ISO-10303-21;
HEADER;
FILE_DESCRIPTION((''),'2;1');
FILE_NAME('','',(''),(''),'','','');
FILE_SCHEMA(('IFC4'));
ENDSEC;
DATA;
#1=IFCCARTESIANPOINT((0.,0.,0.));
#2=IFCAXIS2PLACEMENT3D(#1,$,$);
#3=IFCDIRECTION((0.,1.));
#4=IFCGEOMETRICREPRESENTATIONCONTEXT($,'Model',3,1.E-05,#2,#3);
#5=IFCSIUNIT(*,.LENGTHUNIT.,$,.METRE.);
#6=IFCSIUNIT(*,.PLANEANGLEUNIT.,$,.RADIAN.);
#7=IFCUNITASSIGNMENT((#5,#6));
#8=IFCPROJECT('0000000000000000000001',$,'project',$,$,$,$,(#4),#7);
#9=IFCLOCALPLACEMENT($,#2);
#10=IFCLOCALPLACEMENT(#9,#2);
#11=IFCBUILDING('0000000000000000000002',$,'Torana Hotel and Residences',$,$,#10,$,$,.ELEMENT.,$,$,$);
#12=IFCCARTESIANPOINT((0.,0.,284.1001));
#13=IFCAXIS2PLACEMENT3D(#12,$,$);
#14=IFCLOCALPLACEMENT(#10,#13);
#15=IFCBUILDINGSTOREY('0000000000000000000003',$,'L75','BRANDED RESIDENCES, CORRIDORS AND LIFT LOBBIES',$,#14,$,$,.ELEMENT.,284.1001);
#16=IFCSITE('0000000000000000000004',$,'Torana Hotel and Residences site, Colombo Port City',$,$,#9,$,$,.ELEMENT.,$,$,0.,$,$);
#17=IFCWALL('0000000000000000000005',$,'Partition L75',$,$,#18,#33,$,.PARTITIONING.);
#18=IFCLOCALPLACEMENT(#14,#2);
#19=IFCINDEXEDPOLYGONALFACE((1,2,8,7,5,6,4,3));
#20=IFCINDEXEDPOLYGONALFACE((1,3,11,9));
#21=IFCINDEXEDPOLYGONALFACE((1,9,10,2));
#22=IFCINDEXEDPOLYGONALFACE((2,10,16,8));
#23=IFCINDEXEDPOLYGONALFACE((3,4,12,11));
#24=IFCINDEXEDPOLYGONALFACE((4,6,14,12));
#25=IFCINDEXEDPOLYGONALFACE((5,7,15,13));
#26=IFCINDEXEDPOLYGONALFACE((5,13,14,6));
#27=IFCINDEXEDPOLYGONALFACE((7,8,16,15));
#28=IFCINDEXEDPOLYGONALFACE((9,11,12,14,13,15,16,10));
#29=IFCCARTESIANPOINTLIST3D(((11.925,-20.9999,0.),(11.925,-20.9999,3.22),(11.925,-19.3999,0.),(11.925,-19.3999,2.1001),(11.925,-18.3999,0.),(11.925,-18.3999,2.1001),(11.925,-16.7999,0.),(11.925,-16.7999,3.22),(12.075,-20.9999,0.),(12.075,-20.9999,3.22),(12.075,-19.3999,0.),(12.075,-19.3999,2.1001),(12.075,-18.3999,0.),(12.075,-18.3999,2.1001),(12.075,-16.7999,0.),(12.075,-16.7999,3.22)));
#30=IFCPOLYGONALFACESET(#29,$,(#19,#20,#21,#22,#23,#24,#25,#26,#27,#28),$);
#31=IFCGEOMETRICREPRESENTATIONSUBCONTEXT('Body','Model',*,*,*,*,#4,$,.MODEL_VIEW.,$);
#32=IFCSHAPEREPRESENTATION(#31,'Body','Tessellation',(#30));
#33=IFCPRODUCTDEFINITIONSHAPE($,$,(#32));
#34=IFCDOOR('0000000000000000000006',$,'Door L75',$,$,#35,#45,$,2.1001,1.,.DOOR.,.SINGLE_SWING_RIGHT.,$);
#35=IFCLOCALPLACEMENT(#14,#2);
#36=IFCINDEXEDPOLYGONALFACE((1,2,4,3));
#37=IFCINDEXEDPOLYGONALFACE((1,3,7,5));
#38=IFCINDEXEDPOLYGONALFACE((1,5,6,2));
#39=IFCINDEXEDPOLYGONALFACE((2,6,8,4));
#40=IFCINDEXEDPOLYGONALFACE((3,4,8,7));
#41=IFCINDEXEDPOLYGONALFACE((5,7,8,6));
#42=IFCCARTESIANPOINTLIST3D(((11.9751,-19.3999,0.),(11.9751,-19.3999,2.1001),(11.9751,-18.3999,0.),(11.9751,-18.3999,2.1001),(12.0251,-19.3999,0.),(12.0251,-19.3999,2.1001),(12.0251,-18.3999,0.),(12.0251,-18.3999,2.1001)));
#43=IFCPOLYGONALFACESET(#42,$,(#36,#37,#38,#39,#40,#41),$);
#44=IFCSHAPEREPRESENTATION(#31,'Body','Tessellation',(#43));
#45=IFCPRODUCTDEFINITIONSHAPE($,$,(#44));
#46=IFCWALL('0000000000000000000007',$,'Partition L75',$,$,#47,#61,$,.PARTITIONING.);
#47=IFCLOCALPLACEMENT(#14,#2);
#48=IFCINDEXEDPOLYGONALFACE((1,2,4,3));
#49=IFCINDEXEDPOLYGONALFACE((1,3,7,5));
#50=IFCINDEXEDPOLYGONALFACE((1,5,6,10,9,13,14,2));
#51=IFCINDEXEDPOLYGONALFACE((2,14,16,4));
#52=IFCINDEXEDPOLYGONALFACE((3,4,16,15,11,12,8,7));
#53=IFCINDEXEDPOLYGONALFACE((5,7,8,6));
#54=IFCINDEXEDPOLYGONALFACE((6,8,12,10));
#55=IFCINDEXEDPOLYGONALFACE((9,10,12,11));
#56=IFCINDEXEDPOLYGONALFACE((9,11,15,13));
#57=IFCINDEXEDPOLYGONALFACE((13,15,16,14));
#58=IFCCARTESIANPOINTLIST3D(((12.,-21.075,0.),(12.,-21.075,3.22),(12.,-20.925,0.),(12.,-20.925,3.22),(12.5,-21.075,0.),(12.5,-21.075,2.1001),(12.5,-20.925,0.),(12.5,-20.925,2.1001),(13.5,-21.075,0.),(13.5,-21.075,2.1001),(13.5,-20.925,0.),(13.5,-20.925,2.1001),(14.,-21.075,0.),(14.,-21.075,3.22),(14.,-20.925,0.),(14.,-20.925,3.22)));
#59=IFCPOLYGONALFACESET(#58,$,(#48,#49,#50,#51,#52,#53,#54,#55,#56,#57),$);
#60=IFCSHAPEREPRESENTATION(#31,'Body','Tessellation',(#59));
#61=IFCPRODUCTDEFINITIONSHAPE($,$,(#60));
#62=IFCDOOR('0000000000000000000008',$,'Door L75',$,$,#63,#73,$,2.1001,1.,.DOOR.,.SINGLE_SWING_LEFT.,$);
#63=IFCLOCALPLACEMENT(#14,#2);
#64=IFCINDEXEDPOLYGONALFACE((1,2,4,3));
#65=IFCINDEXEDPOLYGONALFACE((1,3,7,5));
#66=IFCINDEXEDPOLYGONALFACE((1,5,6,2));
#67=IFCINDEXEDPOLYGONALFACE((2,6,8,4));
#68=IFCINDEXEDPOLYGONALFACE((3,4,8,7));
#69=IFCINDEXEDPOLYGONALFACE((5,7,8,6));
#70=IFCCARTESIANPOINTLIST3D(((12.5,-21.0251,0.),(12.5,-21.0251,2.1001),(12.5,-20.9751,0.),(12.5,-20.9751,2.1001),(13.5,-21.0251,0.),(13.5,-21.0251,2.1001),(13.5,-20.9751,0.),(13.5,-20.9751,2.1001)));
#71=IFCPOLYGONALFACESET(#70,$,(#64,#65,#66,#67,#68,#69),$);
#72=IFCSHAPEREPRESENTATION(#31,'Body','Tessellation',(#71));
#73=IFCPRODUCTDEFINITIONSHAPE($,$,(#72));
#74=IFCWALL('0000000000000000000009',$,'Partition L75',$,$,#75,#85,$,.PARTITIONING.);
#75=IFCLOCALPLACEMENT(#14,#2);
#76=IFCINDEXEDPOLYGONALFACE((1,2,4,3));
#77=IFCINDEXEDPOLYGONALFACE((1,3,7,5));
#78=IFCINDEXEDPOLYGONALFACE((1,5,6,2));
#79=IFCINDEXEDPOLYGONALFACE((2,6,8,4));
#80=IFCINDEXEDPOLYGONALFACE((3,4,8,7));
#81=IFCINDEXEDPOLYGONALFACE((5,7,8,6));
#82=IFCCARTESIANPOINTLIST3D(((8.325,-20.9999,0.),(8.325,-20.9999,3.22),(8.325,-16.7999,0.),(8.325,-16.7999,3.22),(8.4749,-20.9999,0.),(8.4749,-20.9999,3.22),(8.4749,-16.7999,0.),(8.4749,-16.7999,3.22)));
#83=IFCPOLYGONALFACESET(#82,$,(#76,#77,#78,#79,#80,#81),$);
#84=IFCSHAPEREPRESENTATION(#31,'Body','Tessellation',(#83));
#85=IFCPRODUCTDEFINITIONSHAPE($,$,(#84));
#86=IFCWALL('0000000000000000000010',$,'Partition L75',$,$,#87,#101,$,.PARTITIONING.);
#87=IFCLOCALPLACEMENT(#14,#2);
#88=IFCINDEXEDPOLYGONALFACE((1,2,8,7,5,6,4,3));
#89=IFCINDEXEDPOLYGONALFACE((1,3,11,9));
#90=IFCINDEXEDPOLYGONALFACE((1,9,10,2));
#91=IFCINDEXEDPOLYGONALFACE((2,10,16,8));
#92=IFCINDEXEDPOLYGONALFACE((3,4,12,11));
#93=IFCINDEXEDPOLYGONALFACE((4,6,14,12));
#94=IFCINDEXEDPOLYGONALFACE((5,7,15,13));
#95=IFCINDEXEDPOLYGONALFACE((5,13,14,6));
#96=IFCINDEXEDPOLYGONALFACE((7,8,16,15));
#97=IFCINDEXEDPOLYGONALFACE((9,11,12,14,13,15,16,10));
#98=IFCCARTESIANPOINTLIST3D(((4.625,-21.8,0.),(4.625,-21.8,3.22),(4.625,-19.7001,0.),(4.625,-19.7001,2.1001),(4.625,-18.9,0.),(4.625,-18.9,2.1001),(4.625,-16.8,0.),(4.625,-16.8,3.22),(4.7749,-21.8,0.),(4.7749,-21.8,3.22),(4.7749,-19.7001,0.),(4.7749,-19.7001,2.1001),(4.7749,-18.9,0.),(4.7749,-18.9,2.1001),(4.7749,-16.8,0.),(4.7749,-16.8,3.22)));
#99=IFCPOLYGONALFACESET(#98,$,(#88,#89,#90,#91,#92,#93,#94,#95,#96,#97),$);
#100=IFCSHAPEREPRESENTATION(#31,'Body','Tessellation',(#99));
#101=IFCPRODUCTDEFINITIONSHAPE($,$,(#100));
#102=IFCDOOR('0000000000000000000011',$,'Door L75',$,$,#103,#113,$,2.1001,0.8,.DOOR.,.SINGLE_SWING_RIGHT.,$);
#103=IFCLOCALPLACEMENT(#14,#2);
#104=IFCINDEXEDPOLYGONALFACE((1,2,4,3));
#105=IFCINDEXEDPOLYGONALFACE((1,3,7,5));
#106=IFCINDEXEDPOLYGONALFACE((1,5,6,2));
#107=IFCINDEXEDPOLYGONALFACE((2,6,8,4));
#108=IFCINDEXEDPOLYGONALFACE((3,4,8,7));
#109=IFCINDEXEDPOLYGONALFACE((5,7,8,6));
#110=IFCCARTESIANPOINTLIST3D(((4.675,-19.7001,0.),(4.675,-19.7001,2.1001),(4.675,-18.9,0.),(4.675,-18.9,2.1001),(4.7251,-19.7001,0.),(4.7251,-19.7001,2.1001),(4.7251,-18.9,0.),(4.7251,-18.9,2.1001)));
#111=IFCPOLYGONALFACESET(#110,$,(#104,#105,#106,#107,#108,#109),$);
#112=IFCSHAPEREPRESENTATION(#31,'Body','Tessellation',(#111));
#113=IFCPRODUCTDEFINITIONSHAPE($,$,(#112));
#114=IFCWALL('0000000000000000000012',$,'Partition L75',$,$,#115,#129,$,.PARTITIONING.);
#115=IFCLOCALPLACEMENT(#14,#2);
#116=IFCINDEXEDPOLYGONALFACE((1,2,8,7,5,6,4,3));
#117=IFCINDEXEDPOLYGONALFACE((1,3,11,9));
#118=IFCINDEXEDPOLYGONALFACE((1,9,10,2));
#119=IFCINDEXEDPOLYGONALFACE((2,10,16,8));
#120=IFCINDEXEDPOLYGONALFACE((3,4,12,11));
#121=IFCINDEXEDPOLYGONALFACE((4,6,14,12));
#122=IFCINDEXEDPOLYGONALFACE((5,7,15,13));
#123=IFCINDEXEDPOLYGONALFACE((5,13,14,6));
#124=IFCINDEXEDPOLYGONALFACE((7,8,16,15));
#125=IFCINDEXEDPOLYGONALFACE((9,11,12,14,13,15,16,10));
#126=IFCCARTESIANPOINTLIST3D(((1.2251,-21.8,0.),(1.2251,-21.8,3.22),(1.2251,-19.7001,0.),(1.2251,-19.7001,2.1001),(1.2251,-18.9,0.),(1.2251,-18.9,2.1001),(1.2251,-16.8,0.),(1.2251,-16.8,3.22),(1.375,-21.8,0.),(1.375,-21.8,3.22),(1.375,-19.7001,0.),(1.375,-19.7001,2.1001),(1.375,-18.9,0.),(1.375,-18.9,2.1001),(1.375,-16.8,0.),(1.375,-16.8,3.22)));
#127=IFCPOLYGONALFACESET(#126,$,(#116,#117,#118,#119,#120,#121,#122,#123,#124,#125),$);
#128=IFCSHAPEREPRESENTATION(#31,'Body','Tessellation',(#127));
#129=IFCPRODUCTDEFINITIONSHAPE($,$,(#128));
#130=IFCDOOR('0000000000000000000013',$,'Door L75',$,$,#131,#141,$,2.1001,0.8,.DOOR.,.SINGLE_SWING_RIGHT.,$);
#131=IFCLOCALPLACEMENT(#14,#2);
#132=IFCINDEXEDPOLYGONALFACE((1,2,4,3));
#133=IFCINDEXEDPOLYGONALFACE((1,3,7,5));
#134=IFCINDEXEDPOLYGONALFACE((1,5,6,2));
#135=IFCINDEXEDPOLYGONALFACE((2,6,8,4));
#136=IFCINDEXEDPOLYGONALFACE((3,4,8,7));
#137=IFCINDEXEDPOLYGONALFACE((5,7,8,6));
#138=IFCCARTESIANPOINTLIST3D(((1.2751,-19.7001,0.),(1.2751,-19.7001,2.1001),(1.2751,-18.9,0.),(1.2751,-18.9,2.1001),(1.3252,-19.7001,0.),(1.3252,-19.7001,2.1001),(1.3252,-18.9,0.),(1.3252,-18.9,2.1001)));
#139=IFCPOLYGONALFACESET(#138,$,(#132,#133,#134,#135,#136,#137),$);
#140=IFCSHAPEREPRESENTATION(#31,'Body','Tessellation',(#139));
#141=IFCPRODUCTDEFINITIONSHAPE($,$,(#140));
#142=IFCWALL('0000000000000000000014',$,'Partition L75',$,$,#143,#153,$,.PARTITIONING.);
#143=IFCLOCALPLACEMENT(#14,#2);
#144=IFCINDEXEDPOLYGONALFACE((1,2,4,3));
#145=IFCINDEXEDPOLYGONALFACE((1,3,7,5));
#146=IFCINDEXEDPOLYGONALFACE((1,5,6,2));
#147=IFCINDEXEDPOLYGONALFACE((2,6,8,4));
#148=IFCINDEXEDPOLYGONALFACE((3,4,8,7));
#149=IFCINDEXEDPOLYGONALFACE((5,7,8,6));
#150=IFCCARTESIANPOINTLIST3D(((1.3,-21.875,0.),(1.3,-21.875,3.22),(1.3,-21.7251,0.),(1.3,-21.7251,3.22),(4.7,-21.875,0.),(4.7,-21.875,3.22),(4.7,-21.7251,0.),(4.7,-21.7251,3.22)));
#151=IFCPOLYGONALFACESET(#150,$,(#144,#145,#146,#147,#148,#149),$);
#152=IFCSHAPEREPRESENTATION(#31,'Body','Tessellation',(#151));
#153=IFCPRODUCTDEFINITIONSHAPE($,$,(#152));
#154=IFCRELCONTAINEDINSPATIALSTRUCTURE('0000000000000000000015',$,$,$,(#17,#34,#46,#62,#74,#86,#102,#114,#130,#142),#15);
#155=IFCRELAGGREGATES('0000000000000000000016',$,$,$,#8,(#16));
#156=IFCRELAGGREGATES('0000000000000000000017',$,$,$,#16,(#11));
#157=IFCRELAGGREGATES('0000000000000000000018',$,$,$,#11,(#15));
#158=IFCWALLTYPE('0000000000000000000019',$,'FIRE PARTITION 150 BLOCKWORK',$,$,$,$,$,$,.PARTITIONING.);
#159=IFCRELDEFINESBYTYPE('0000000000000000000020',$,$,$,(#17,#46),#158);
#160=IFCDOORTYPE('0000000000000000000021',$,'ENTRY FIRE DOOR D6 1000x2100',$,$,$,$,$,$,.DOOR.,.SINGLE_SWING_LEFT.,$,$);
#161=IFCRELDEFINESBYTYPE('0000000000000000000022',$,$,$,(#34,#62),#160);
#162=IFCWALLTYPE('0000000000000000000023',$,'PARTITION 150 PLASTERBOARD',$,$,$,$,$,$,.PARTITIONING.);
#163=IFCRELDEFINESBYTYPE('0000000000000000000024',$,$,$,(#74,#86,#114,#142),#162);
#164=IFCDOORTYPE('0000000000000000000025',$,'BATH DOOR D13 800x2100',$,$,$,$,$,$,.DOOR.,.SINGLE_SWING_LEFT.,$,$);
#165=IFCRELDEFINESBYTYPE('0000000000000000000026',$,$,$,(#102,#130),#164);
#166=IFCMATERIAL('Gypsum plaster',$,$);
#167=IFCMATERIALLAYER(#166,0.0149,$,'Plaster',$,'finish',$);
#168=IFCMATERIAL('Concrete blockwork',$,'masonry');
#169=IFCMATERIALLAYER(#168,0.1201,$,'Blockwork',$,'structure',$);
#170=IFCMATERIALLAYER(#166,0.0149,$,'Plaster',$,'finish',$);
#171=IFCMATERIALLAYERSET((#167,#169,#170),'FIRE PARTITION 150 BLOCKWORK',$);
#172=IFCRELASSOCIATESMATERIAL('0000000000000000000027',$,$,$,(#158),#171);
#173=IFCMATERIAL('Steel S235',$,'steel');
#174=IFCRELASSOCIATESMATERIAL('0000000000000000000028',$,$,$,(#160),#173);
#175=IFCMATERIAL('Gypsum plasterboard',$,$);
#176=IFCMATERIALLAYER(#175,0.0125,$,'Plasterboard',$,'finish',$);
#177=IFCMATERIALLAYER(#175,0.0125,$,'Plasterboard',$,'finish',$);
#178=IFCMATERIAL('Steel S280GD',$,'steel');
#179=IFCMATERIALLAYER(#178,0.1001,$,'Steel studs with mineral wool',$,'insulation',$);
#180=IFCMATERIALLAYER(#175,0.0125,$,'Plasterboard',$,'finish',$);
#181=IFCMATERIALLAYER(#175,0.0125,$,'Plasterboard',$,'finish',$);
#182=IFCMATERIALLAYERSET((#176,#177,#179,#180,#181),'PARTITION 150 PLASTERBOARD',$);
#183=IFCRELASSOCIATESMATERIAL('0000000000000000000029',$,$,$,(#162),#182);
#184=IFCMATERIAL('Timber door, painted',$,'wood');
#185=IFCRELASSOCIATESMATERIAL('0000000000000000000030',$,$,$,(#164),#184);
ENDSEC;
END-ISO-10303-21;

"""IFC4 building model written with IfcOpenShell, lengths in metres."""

from ifc_helpers import new_model, si_unit, direction, frame, frame_2d, origin, place, context, subcontext, project, spatial, rectangle, extrude, material, layer, layer_set, type_object, element, fill, save


model = new_model("IFC4")

# Units and contexts
model_context = context("Model", 3, precision=1e-05, world=origin(), true_north=direction((0.0, 1.0)))
body_context = subcontext(model_context, "Body", "Model", "MODEL_VIEW")
ifc_project = project(units=[si_unit("LENGTHUNIT", "METRE"), si_unit("PLANEANGLEUNIT", "RADIAN")], contexts=[model_context])

# Site, building, storey
site_placement = place(None, origin())
site = spatial("IfcSite", under=ifc_project, at=site_placement, Name="Torana Hotel and Residences site, Colombo Port City", CompositionType="ELEMENT", RefElevation=0.0)
building_placement = place(site_placement, origin())
building = spatial("IfcBuilding", under=site, at=building_placement, Name="Torana Hotel and Residences", CompositionType="ELEMENT")
storey_placement = place(building_placement, frame((0.0, 0.0, 284.1001)))
storey = spatial("IfcBuildingStorey", under=building, at=storey_placement, Name="L75", Description="BRANDED RESIDENCES, CORRIDORS AND LIFT LOBBIES", CompositionType="ELEMENT", Elevation=284.1001)

# Walls, openings, doors
ifc_material_1 = material(Name="Gypsum plaster")
ifc_layer_1 = layer(ifc_material_1, 0.0149, Name="Plaster", Category="finish")
ifc_material_2 = material(Name="Concrete blockwork", Category="masonry")
ifc_layer_2 = layer(ifc_material_2, 0.1201, Name="Blockwork", Category="structure")
ifc_layer_3 = layer(ifc_material_1, 0.0149, Name="Plaster", Category="finish")
ifc_layer_set_1 = layer_set([ifc_layer_1, ifc_layer_2, ifc_layer_3], Name="FIRE PARTITION 150 BLOCKWORK")
wall_type_1 = type_object("IfcWallType", Name="FIRE PARTITION 150 BLOCKWORK", PredefinedType="PARTITIONING", material=ifc_layer_set_1)
ifc_material_3 = material(Name="Steel S235", Category="steel")
door_type_1 = type_object("IfcDoorType", Name="ENTRY FIRE DOOR D6 1000x2100", OperationType="SINGLE_SWING_LEFT", PredefinedType="DOOR", material=ifc_material_3)
wall_1_placement = place(storey_placement, frame((12.0, -21.0, 0.0), z_axis=(0.0, 0.0, 1.0), x_axis=(0.0, 1.0, 0.0)))
wall_1 = element("IfcWall", 1, at=wall_1_placement, inside=storey, type_object=wall_type_1, Name="Partition L75", PredefinedType="PARTITIONING", context=body_context, shape_type="SweptSolid", body=[
    extrude(rectangle(XDim=4.2, YDim=0.1499, at=frame_2d((2.1001, 0.0))), origin(), (0.0, 0.0, 1.0), 3.22),
])
opening_1_placement = place(wall_1_placement, frame((1.6001, 0.0, 0.0)))
opening_1 = element("IfcOpeningElement", 2, at=opening_1_placement, cuts=wall_1, PredefinedType="OPENING", context=body_context, shape_type="SweptSolid", body=[
    extrude(rectangle(XDim=1.0, YDim=2.1001, at=frame_2d((0.5, 1.05))), frame((0.0, 0.085, 0.0), z_axis=(0.0, -1.0, 0.0), x_axis=(1.0, 0.0, 0.0)), (0.0, 0.0, 1.0), 0.1699),
])
door_1_placement = place(opening_1_placement, origin())
door_1 = element("IfcDoor", 3, at=door_1_placement, inside=storey, type_object=door_type_1, Name="Door L75", OperationType="SINGLE_SWING_RIGHT", OverallHeight=2.1001, OverallWidth=1.0, PredefinedType="DOOR", context=body_context, shape_type="SweptSolid", body=[
    extrude(rectangle(XDim=1.0, YDim=2.1001, at=frame_2d((0.5, 1.05))), frame((0.0, 0.0249, 0.0), z_axis=(0.0, -1.0, 0.0), x_axis=(1.0, 0.0, 0.0)), (0.0, 0.0, 1.0), 0.05),
])
fill(opening_1, door_1)
wall_2_placement = place(storey_placement, frame((12.0, -21.0, 0.0), z_axis=(0.0, 0.0, 1.0), x_axis=(1.0, 0.0, 0.0)))
wall_2 = element("IfcWall", 4, at=wall_2_placement, inside=storey, type_object=wall_type_1, Name="Partition L75", PredefinedType="PARTITIONING", context=body_context, shape_type="SweptSolid", body=[
    extrude(rectangle(XDim=2.0, YDim=0.1499, at=frame_2d((1.0, 0.0))), origin(), (0.0, 0.0, 1.0), 3.22),
])
opening_2_placement = place(wall_2_placement, frame((0.5, 0.0, 0.0)))
opening_2 = element("IfcOpeningElement", 5, at=opening_2_placement, cuts=wall_2, PredefinedType="OPENING", context=body_context, shape_type="SweptSolid", body=[
    extrude(rectangle(XDim=1.0, YDim=2.1001, at=frame_2d((0.5, 1.05))), frame((0.0, 0.085, 0.0), z_axis=(0.0, -1.0, 0.0), x_axis=(1.0, 0.0, 0.0)), (0.0, 0.0, 1.0), 0.1699),
])
door_2_placement = place(opening_2_placement, frame((0.5, 0.0, 0.0), z_axis=(0.0, 0.0, 1.0), x_axis=(-1.0, 0.0, 0.0)))
door_2 = element("IfcDoor", 6, at=door_2_placement, inside=storey, type_object=door_type_1, Name="Door L75", OperationType="SINGLE_SWING_LEFT", OverallHeight=2.1001, OverallWidth=1.0, PredefinedType="DOOR", context=body_context, shape_type="SweptSolid", body=[
    extrude(rectangle(XDim=1.0, YDim=2.1001, at=frame_2d((0.0, 1.05))), frame((0.0, -0.0249, 0.0), z_axis=(0.0, 1.0, 0.0), x_axis=(-1.0, 0.0, 0.0)), (0.0, 0.0, 1.0), 0.05),
])
fill(opening_2, door_2)

# Wall
ifc_material_4 = material(Name="Gypsum plasterboard")
ifc_layer_4 = layer(ifc_material_4, 0.0125, Name="Plasterboard", Category="finish")
ifc_layer_5 = layer(ifc_material_4, 0.0125, Name="Plasterboard", Category="finish")
ifc_material_5 = material(Name="Steel S280GD", Category="steel")
ifc_layer_6 = layer(ifc_material_5, 0.1001, Name="Steel studs with mineral wool", Category="insulation")
ifc_layer_7 = layer(ifc_material_4, 0.0125, Name="Plasterboard", Category="finish")
ifc_layer_8 = layer(ifc_material_4, 0.0125, Name="Plasterboard", Category="finish")
ifc_layer_set_2 = layer_set([ifc_layer_4, ifc_layer_5, ifc_layer_6, ifc_layer_7, ifc_layer_8], Name="PARTITION 150 PLASTERBOARD")
wall_type_2 = type_object("IfcWallType", Name="PARTITION 150 PLASTERBOARD", PredefinedType="PARTITIONING", material=ifc_layer_set_2)
wall_3_placement = place(storey_placement, frame((8.3999, -21.0, 0.0), z_axis=(0.0, 0.0, 1.0), x_axis=(0.0, 1.0, 0.0)))
element("IfcWall", 7, at=wall_3_placement, inside=storey, type_object=wall_type_2, Name="Partition L75", PredefinedType="PARTITIONING", context=body_context, shape_type="SweptSolid", body=[
    extrude(rectangle(XDim=4.2, YDim=0.1499, at=frame_2d((2.1001, 0.0))), origin(), (0.0, 0.0, 1.0), 3.22),
])

# Walls, openings, doors
wall_4_placement = place(storey_placement, frame((4.7, -21.8, 0.0), z_axis=(0.0, 0.0, 1.0), x_axis=(0.0, 1.0, 0.0)))
wall_4 = element("IfcWall", 8, at=wall_4_placement, inside=storey, type_object=wall_type_2, Name="Partition L75", PredefinedType="PARTITIONING", context=body_context, shape_type="SweptSolid", body=[
    extrude(rectangle(XDim=5.0, YDim=0.1499, at=frame_2d((2.5, 0.0))), origin(), (0.0, 0.0, 1.0), 3.22),
])
opening_3_placement = place(wall_4_placement, frame((2.1001, 0.0, 0.0)))
opening_3 = element("IfcOpeningElement", 9, at=opening_3_placement, cuts=wall_4, PredefinedType="OPENING", context=body_context, shape_type="SweptSolid", body=[
    extrude(rectangle(XDim=0.8, YDim=2.1001, at=frame_2d((0.3999, 1.05))), frame((0.0, 0.085, 0.0), z_axis=(0.0, -1.0, 0.0), x_axis=(1.0, 0.0, 0.0)), (0.0, 0.0, 1.0), 0.1699),
])
ifc_material_6 = material(Name="Timber door, painted", Category="wood")
door_type_2 = type_object("IfcDoorType", Name="BATH DOOR D13 800x2100", OperationType="SINGLE_SWING_LEFT", PredefinedType="DOOR", material=ifc_material_6)
door_3_placement = place(opening_3_placement, origin())
door_3 = element("IfcDoor", 10, at=door_3_placement, inside=storey, type_object=door_type_2, Name="Door L75", OperationType="SINGLE_SWING_RIGHT", OverallHeight=2.1001, OverallWidth=0.8, PredefinedType="DOOR", context=body_context, shape_type="SweptSolid", body=[
    extrude(rectangle(XDim=0.8, YDim=2.1001, at=frame_2d((0.3999, 1.05))), frame((0.0, 0.0249, 0.0), z_axis=(0.0, -1.0, 0.0), x_axis=(1.0, 0.0, 0.0)), (0.0, 0.0, 1.0), 0.05),
])
fill(opening_3, door_3)
wall_5_placement = place(storey_placement, frame((1.3, -21.8, 0.0), z_axis=(0.0, 0.0, 1.0), x_axis=(0.0, 1.0, 0.0)))
wall_5 = element("IfcWall", 11, at=wall_5_placement, inside=storey, type_object=wall_type_2, Name="Partition L75", PredefinedType="PARTITIONING", context=body_context, shape_type="SweptSolid", body=[
    extrude(rectangle(XDim=5.0, YDim=0.1499, at=frame_2d((2.5, 0.0))), origin(), (0.0, 0.0, 1.0), 3.22),
])
opening_4_placement = place(wall_5_placement, frame((2.1001, 0.0, 0.0)))
opening_4 = element("IfcOpeningElement", 12, at=opening_4_placement, cuts=wall_5, PredefinedType="OPENING", context=body_context, shape_type="SweptSolid", body=[
    extrude(rectangle(XDim=0.8, YDim=2.1001, at=frame_2d((0.3999, 1.05))), frame((0.0, 0.085, 0.0), z_axis=(0.0, -1.0, 0.0), x_axis=(1.0, 0.0, 0.0)), (0.0, 0.0, 1.0), 0.1699),
])
door_4_placement = place(opening_4_placement, origin())
door_4 = element("IfcDoor", 13, at=door_4_placement, inside=storey, type_object=door_type_2, Name="Door L75", OperationType="SINGLE_SWING_RIGHT", OverallHeight=2.1001, OverallWidth=0.8, PredefinedType="DOOR", context=body_context, shape_type="SweptSolid", body=[
    extrude(rectangle(XDim=0.8, YDim=2.1001, at=frame_2d((0.3999, 1.05))), frame((0.0, 0.0249, 0.0), z_axis=(0.0, -1.0, 0.0), x_axis=(1.0, 0.0, 0.0)), (0.0, 0.0, 1.0), 0.05),
])
fill(opening_4, door_4)

# Wall
wall_6_placement = place(storey_placement, frame((1.3, -21.8, 0.0), z_axis=(0.0, 0.0, 1.0), x_axis=(1.0, 0.0, 0.0)))
element("IfcWall", 14, at=wall_6_placement, inside=storey, type_object=wall_type_2, Name="Partition L75", PredefinedType="PARTITIONING", context=body_context, shape_type="SweptSolid", body=[
    extrude(rectangle(XDim=3.3999, YDim=0.1499, at=frame_2d((1.7, 0.0))), origin(), (0.0, 0.0, 1.0), 3.22),
])

save(model, "model.ifc")
